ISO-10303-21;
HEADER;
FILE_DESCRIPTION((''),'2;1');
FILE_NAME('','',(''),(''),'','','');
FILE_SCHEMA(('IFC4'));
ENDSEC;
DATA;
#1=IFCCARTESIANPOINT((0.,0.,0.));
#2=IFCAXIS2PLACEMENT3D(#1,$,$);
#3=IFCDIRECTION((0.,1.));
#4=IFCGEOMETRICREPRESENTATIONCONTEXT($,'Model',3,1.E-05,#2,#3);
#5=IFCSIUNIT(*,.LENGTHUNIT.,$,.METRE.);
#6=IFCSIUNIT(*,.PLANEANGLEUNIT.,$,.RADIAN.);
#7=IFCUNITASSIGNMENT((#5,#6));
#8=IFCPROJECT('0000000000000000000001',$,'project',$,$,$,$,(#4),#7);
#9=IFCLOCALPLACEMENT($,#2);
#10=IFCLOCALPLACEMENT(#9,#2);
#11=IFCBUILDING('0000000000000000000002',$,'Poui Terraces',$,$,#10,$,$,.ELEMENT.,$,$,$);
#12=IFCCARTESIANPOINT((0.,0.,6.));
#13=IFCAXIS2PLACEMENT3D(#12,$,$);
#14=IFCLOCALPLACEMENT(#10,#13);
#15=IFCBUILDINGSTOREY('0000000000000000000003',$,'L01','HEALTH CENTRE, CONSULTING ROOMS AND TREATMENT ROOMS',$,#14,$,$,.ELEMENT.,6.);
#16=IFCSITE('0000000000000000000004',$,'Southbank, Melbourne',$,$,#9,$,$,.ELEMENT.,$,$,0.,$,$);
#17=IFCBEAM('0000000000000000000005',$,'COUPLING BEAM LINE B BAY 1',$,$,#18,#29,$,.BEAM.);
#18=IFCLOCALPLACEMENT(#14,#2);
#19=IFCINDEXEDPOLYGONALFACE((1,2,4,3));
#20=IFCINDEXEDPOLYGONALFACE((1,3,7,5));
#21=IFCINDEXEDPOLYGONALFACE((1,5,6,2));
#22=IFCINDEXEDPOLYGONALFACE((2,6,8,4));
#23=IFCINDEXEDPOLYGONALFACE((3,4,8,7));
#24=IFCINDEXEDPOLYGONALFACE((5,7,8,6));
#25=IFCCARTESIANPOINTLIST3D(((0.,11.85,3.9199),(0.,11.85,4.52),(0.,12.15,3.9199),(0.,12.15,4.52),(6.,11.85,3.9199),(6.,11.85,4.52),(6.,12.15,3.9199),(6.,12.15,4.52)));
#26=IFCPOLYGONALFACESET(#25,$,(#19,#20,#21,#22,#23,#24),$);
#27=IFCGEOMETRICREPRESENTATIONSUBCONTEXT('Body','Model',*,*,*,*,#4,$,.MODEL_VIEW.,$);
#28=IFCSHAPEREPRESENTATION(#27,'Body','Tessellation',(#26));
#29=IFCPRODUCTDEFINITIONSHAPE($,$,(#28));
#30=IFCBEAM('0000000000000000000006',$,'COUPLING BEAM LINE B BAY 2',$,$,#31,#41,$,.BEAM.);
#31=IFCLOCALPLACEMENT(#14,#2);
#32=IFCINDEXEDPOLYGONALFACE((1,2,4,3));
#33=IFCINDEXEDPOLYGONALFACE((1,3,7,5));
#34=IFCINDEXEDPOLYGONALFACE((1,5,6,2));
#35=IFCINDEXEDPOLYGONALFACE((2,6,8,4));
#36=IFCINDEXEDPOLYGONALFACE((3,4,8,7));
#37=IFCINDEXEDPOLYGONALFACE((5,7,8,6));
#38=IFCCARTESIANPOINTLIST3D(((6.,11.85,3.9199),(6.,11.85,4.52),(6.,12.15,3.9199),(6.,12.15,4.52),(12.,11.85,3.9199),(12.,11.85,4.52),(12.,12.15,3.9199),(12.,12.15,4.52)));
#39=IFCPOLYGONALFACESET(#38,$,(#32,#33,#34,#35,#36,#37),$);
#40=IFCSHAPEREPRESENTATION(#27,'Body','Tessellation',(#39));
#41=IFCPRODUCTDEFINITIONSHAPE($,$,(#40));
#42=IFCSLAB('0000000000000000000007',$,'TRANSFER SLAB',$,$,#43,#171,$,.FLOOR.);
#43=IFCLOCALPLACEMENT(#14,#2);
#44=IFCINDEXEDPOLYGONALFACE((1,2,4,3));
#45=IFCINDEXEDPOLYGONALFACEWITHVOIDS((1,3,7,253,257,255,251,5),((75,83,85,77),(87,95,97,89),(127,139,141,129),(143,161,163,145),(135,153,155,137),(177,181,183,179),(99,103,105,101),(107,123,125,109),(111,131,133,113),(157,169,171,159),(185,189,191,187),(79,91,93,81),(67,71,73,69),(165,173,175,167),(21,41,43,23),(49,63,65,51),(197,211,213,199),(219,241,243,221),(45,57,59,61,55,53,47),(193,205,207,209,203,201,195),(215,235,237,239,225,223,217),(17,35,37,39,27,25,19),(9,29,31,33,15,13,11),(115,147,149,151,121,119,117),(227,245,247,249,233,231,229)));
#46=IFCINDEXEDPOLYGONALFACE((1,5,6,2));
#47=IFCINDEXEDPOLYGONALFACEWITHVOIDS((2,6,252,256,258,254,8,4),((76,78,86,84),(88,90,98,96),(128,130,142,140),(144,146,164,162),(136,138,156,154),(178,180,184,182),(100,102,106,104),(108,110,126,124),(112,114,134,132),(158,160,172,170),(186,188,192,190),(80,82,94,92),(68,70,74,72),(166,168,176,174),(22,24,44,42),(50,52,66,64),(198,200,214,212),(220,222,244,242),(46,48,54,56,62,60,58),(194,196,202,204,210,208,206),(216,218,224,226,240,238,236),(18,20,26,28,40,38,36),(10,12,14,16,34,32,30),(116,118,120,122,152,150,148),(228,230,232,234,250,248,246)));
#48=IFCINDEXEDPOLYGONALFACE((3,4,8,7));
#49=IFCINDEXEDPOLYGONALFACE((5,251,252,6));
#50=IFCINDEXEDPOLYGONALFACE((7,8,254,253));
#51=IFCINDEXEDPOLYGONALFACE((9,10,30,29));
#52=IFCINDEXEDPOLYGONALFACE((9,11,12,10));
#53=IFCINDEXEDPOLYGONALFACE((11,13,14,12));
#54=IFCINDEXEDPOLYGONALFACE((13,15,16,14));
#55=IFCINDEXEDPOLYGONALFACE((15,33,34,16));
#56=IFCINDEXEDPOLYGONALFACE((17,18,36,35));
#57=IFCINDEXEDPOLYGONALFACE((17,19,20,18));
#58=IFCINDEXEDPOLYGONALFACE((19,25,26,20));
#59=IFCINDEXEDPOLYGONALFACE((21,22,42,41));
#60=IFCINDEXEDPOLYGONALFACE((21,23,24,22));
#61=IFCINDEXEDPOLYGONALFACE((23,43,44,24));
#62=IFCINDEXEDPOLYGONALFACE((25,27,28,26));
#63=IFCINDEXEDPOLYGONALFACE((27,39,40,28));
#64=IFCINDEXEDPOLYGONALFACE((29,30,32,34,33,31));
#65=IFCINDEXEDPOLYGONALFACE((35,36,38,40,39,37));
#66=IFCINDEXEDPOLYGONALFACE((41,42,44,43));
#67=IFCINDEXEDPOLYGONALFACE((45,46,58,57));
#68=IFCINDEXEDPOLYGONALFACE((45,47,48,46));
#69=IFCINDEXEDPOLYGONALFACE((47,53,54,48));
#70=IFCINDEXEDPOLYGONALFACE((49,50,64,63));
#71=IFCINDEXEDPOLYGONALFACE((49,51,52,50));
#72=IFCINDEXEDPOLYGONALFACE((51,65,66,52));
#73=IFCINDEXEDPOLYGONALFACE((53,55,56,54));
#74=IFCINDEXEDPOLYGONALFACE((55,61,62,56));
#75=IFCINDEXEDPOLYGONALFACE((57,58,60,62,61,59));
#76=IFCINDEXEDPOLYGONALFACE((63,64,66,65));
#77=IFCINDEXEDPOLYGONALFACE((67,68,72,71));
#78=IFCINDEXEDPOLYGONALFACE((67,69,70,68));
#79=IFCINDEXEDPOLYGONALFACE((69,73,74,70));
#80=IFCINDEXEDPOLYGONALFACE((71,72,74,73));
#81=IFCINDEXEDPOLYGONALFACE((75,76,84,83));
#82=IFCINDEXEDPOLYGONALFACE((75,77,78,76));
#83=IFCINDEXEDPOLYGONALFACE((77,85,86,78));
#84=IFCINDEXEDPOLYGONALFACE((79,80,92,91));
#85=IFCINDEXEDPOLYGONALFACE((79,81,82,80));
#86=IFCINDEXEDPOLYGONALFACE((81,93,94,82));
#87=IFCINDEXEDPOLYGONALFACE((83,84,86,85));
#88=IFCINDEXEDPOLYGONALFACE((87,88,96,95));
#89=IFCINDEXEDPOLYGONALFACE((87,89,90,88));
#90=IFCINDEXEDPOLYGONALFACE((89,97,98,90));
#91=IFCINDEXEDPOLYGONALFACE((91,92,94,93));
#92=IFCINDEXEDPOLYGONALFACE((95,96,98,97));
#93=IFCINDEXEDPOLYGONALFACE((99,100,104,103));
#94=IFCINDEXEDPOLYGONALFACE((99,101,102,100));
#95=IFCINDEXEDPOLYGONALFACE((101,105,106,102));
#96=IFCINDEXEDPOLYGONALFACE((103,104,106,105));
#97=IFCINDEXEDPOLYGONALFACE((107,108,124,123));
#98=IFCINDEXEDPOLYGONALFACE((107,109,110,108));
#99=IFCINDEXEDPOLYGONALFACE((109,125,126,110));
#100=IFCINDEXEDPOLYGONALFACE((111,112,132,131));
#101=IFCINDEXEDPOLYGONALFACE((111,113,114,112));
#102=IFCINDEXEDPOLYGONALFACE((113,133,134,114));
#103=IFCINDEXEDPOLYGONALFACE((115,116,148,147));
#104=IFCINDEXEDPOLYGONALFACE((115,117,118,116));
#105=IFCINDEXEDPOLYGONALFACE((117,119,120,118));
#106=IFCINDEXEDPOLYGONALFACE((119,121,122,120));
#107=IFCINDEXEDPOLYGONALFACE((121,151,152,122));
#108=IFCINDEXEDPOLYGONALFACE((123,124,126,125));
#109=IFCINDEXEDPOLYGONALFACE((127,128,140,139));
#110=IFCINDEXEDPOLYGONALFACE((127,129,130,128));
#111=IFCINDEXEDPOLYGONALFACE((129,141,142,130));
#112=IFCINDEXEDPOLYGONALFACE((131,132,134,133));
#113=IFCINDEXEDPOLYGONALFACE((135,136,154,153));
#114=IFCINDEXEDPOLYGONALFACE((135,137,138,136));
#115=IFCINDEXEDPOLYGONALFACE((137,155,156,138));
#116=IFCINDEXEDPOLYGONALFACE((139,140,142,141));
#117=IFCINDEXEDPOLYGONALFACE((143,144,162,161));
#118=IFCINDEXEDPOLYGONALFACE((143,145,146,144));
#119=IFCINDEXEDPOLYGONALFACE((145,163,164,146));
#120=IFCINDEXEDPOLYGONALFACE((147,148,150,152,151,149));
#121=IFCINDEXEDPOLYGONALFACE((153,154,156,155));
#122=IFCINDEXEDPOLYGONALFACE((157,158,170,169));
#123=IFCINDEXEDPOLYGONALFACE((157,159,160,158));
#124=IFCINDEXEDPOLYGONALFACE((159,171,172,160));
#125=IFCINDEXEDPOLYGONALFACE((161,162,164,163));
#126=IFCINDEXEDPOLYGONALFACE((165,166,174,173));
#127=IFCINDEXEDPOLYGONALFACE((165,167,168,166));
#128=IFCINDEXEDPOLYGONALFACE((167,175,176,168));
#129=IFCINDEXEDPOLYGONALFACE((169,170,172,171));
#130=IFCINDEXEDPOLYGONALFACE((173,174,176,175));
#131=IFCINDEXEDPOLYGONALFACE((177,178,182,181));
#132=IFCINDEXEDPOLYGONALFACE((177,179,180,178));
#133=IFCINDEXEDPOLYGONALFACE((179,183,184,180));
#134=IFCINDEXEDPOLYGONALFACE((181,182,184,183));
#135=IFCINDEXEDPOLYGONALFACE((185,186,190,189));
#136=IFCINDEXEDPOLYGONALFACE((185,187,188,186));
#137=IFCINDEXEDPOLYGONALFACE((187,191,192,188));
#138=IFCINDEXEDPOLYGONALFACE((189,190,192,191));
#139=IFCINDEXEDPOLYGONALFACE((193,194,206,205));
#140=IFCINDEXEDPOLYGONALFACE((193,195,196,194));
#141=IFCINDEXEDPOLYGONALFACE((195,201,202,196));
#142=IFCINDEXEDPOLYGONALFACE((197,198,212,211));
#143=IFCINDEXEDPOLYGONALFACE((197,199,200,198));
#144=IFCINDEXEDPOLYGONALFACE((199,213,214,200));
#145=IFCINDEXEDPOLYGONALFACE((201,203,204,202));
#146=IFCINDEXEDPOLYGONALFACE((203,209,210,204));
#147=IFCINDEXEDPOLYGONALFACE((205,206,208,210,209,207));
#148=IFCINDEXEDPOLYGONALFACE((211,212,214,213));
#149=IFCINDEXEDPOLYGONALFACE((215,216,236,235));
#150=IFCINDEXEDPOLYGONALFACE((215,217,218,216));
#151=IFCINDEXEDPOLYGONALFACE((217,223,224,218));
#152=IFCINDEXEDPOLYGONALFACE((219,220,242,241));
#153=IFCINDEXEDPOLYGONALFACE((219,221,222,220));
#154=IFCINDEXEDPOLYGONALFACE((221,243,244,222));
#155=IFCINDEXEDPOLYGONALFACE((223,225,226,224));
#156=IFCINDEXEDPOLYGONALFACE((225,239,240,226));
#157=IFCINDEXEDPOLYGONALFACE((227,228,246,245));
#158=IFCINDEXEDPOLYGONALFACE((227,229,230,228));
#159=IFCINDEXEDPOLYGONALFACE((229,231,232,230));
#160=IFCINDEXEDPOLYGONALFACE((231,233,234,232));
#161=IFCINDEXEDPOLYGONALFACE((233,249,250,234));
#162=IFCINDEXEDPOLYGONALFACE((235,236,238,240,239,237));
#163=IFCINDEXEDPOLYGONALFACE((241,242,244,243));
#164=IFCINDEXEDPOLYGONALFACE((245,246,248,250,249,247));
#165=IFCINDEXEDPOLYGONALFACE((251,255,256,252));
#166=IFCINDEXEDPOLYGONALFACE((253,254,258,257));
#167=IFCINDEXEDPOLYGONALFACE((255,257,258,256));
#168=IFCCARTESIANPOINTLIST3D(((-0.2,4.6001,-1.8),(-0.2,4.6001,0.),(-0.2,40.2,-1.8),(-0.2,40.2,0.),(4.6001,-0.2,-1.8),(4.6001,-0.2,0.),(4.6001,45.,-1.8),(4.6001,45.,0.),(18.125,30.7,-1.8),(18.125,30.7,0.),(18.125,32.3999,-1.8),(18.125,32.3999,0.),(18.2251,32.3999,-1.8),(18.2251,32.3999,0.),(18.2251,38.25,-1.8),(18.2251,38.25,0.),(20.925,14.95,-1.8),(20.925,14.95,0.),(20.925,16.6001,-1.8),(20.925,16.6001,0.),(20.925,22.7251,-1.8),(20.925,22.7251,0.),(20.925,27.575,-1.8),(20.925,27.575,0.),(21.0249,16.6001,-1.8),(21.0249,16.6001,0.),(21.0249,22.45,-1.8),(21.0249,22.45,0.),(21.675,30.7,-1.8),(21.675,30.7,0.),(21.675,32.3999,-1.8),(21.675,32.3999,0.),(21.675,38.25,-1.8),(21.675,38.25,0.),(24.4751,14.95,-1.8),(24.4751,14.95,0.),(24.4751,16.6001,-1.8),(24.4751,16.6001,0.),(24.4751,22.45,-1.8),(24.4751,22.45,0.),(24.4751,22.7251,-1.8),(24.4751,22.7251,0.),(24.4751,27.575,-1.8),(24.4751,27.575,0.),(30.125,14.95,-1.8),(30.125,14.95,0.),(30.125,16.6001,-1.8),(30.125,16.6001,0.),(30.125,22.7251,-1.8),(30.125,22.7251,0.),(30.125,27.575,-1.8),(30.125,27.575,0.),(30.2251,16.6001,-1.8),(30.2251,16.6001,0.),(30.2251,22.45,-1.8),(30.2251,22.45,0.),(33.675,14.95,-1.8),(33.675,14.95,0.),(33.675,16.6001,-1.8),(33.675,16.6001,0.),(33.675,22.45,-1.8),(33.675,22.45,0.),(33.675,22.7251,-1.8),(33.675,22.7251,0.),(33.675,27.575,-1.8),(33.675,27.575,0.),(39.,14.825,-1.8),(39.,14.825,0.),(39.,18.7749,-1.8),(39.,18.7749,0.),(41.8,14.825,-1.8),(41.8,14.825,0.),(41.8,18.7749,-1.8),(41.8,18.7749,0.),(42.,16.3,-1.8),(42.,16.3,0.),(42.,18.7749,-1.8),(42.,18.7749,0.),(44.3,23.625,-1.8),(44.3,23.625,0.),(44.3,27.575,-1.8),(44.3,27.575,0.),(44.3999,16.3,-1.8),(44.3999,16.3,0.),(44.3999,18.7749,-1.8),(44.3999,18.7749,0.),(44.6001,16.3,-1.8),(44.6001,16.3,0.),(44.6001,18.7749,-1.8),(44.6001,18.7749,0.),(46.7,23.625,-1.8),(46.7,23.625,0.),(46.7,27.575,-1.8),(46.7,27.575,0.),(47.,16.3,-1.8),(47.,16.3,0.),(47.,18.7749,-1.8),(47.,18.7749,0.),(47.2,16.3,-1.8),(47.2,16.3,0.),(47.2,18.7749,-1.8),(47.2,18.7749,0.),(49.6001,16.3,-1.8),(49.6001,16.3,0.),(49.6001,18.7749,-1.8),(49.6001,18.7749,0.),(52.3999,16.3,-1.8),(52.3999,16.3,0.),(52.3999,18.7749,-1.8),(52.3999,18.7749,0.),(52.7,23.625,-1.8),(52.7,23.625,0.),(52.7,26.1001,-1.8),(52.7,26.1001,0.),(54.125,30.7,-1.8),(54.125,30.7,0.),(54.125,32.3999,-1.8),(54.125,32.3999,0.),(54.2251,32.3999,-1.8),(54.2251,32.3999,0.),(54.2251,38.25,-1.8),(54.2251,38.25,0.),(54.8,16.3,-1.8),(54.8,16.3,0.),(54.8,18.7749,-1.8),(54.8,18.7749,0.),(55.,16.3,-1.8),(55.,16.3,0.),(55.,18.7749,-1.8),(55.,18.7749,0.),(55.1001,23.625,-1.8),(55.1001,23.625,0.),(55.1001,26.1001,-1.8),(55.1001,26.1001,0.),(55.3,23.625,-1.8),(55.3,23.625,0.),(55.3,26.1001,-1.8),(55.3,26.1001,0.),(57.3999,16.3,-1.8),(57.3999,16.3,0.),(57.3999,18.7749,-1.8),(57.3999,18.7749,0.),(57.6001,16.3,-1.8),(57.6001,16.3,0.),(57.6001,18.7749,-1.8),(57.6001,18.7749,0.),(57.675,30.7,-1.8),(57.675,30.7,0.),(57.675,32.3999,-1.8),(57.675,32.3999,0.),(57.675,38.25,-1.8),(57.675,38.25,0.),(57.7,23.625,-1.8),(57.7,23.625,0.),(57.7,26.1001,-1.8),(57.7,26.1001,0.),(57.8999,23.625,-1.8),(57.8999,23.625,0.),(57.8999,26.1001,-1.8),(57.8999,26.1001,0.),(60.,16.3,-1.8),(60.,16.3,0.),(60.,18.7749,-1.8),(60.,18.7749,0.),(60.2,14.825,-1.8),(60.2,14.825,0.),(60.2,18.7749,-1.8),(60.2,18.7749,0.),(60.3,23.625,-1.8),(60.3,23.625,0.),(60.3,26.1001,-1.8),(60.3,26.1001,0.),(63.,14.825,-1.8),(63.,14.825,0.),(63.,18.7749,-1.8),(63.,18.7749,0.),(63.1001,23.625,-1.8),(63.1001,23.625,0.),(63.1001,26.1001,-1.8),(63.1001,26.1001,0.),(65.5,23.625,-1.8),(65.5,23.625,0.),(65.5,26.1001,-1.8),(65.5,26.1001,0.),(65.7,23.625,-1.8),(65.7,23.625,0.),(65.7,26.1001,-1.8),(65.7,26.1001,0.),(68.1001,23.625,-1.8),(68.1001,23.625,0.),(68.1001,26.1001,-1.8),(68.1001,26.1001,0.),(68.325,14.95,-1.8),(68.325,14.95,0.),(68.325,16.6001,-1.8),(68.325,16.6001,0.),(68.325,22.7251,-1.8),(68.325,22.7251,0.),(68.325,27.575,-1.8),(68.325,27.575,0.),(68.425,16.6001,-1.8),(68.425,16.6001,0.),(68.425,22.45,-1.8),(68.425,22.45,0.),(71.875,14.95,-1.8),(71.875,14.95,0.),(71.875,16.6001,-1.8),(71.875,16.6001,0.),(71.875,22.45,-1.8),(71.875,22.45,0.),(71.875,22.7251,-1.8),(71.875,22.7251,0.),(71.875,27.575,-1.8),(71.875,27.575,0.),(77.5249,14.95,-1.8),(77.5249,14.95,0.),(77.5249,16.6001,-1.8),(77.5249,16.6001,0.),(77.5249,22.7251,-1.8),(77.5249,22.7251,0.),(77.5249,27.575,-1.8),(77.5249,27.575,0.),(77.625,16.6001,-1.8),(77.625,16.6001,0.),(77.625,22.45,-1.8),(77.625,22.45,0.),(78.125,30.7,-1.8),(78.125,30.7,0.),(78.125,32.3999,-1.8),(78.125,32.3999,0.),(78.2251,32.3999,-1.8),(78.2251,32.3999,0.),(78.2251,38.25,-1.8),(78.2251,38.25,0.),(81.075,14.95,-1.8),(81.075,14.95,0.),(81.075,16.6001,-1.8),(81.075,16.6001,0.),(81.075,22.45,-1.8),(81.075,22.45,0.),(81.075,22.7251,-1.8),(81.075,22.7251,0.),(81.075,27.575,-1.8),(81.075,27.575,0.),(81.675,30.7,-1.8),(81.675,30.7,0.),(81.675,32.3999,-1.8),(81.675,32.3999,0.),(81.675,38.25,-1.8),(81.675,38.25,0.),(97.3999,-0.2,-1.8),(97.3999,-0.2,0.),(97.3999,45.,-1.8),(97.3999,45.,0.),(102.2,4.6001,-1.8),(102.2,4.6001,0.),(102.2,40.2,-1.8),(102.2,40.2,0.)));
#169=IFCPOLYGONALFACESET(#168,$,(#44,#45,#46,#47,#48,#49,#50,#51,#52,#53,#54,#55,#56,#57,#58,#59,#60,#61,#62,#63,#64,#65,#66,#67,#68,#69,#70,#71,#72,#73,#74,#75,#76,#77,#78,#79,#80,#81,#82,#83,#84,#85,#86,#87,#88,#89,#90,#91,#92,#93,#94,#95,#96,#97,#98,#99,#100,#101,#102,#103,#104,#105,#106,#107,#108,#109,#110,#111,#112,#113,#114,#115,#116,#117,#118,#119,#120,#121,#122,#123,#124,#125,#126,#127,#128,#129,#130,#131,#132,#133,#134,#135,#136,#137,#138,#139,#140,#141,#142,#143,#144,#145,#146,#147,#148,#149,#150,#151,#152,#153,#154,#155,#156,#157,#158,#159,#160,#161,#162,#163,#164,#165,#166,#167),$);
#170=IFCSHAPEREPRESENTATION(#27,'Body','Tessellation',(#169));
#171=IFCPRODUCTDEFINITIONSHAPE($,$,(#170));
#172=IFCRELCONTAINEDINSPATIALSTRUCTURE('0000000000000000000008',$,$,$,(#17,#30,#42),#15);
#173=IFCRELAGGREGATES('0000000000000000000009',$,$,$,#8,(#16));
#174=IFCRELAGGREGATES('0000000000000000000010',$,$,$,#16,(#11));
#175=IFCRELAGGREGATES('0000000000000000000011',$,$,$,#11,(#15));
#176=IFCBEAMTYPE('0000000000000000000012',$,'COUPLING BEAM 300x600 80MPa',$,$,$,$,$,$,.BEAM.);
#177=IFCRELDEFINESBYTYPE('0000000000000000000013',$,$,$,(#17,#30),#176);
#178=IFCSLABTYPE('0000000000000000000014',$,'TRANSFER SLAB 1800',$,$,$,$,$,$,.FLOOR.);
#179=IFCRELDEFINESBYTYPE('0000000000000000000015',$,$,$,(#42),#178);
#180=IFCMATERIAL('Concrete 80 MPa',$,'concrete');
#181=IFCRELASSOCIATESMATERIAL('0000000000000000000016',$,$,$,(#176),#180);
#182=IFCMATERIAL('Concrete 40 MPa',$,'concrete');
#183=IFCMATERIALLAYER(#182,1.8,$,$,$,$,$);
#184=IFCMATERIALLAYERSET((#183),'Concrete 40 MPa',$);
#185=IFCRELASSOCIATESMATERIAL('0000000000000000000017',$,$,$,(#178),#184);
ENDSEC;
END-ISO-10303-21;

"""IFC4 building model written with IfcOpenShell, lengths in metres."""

from ifc_helpers import new_model, si_unit, direction, frame, origin, origin_2d, place, context, subcontext, project, spatial, polyline, rectangle, outline, extrude, source, transform, mapped, material, layer, layer_set, material_profile, profile_set, type_object, element, save


model = new_model("IFC4")

# Units and contexts
model_context = context("Model", 3, precision=1e-05, world=origin(), true_north=direction((0.0, 1.0)))
body_context = subcontext(model_context, "Body", "Model", "MODEL_VIEW")
ifc_project = project(units=[si_unit("LENGTHUNIT", "METRE"), si_unit("PLANEANGLEUNIT", "RADIAN")], contexts=[model_context])

# Site, building, storey
site_placement = place(None, origin())
site = spatial("IfcSite", under=ifc_project, at=site_placement, Name="Southbank, Melbourne", CompositionType="ELEMENT", RefElevation=0.0)
building_placement = place(site_placement, origin())
building = spatial("IfcBuilding", under=site, at=building_placement, Name="Poui Terraces", CompositionType="ELEMENT")
storey_placement = place(building_placement, frame((0.0, 0.0, 6.0)))
storey = spatial("IfcBuildingStorey", under=building, at=storey_placement, Name="L01", Description="HEALTH CENTRE, CONSULTING ROOMS AND TREATMENT ROOMS", CompositionType="ELEMENT", Elevation=6.0)

# Beams
ifc_material_1 = material(Name="Concrete 80 MPa", Category="concrete")
ifc_material_profile = material_profile(ifc_material_1, rectangle(XDim=0.3, YDim=0.6001, at=origin_2d()), Name="RC 300x600")
ifc_profile_set = profile_set([ifc_material_profile], Name="Concrete 80 MPa")
beam_type = type_object("IfcBeamType", Name="COUPLING BEAM 300x600 80MPa", PredefinedType="BEAM", material=ifc_profile_set)
shared_shape_1 = source(origin(), body_context, "Body", "SweptSolid", [
    extrude(rectangle(XDim=0.3, YDim=0.6001, at=origin_2d()), origin(), (0.0, 0.0, 1.0), 6.0),
])
for number, where, z_axis, x_axis, name in (
    (1, (0.0, 12.0, 4.22), (1.0, 0.0, 0.0), (0.0, 1.0, 0.0), "COUPLING BEAM LINE B BAY 1"),
    (2, (6.0, 12.0, 4.22), (1.0, 0.0, 0.0), (0.0, 1.0, 0.0), "COUPLING BEAM LINE B BAY 2"),
):
    element("IfcBeam", number, at=place(storey_placement, frame(where, z_axis=z_axis, x_axis=x_axis)), inside=storey, type_object=beam_type, Name=name, PredefinedType="BEAM", context=body_context, shape_type="MappedRepresentation", body=[
        mapped(shared_shape_1, transform((0.0, 0.0, 0.0))),
    ])

# Slab
ifc_material_2 = material(Name="Concrete 40 MPa", Category="concrete")
ifc_layer_1 = layer(ifc_material_2, 1.8)
ifc_layer_set_1 = layer_set([ifc_layer_1], Name="Concrete 40 MPa")
slab_type = type_object("IfcSlabType", Name="TRANSFER SLAB 1800", PredefinedType="FLOOR", material=ifc_layer_set_1)
shared_shape_2 = source(origin(), body_context, "Body", "SweptSolid", [
    extrude(outline(polyline([(0.0, 0.0), (4.8, -4.8), (97.5999, -4.8), (102.3999, 0.0), (102.3999, 35.5999), (97.5999, 40.3999), (4.8, 40.3999), (0.0, 35.5999), (0.0, 0.0)]), holes=[polyline([(39.2, 10.2249), (39.2, 14.1748), (42.0, 14.1748), (42.0, 10.2249), (39.2, 10.2249)]), polyline([(42.2, 14.1748), (44.5999, 14.1748), (44.5999, 11.7), (42.2, 11.7), (42.2, 14.1748)]), polyline([(44.8, 14.1748), (47.2, 14.1748), (47.2, 11.7), (44.8, 11.7), (44.8, 14.1748)]), polyline([(47.3999, 11.7), (47.3999, 14.1748), (49.8, 14.1748), (49.8, 11.7), (47.3999, 11.7)]), polyline([(52.5999, 14.1748), (55.0, 14.1748), (55.0, 11.7), (52.5999, 11.7), (52.5999, 14.1748)]), polyline([(24.675, 17.8499), (24.675, 12.0), (24.675, 10.3499), (21.125, 10.3499), (21.125, 12.0), (21.2249, 12.0), (21.2249, 17.8499), (24.675, 17.8499)]), polyline([(30.425, 17.8499), (33.875, 17.8499), (33.875, 12.0), (33.875, 10.3499), (30.325, 10.3499), (30.325, 12.0), (30.425, 12.0), (30.425, 17.8499)]), polyline([(52.8999, 21.5), (55.3, 21.5), (55.3, 19.0249), (52.8999, 19.0249), (52.8999, 21.5)]), polyline([(21.125, 22.9749), (24.675, 22.9749), (24.675, 18.125), (21.125, 18.125), (21.125, 22.9749)]), polyline([(30.325, 18.125), (30.325, 22.9749), (33.875, 22.9749), (33.875, 18.125), (30.325, 18.125)]), polyline([(44.5, 22.9749), (46.8999, 22.9749), (46.8999, 19.0249), (44.5, 19.0249), (44.5, 22.9749)]), polyline([(21.875, 33.6499), (21.875, 27.7998), (21.875, 26.0999), (18.325, 26.0999), (18.325, 27.7998), (18.425, 27.7998), (18.425, 33.6499), (21.875, 33.6499)]), polyline([(54.425, 33.6499), (57.875, 33.6499), (57.875, 27.7998), (57.875, 26.0999), (54.325, 26.0999), (54.325, 27.7998), (54.425, 27.7998), (54.425, 33.6499)]), polyline([(60.3999, 14.1748), (63.2, 14.1748), (63.2, 10.2249), (60.3999, 10.2249), (60.3999, 14.1748)]), polyline([(55.2, 14.1748), (57.5999, 14.1748), (57.5999, 11.7), (55.2, 11.7), (55.2, 14.1748)]), polyline([(57.8, 11.7), (57.8, 14.1748), (60.2, 14.1748), (60.2, 11.7), (57.8, 11.7)]), polyline([(72.075, 17.8499), (72.075, 12.0), (72.075, 10.3499), (68.5249, 10.3499), (68.5249, 12.0), (68.625, 12.0), (68.625, 17.8499), (72.075, 17.8499)]), polyline([(81.2749, 17.8499), (81.2749, 12.0), (81.2749, 10.3499), (77.7249, 10.3499), (77.7249, 12.0), (77.825, 12.0), (77.825, 17.8499), (81.2749, 17.8499)]), polyline([(55.5, 19.0249), (55.5, 21.5), (57.8999, 21.5), (57.8999, 19.0249), (55.5, 19.0249)]), polyline([(58.0999, 21.5), (60.5, 21.5), (60.5, 19.0249), (58.0999, 19.0249), (58.0999, 21.5)]), polyline([(63.3, 21.5), (65.7, 21.5), (65.7, 19.0249), (63.3, 19.0249), (63.3, 21.5)]), polyline([(65.8999, 21.5), (68.3, 21.5), (68.3, 19.0249), (65.8999, 19.0249), (65.8999, 21.5)]), polyline([(68.5249, 22.9749), (72.075, 22.9749), (72.075, 18.125), (68.5249, 18.125), (68.5249, 22.9749)]), polyline([(77.7249, 22.9749), (81.2749, 22.9749), (81.2749, 18.125), (77.7249, 18.125), (77.7249, 22.9749)]), polyline([(81.875, 33.6499), (81.875, 27.7998), (81.875, 26.0999), (78.325, 26.0999), (78.325, 27.7998), (78.425, 27.7998), (78.425, 33.6499), (81.875, 33.6499)])]), origin(), (0.0, 0.0, 1.0), 1.8),
])
slab_placement = place(storey_placement, frame((-0.2, 4.6001, -1.8)))
element("IfcSlab", 3, at=slab_placement, inside=storey, type_object=slab_type, Name="TRANSFER SLAB", PredefinedType="FLOOR", context=body_context, shape_type="MappedRepresentation", body=[
    mapped(shared_shape_2, transform((0.0, 0.0, 0.0))),
])

save(model, "model.ifc")
